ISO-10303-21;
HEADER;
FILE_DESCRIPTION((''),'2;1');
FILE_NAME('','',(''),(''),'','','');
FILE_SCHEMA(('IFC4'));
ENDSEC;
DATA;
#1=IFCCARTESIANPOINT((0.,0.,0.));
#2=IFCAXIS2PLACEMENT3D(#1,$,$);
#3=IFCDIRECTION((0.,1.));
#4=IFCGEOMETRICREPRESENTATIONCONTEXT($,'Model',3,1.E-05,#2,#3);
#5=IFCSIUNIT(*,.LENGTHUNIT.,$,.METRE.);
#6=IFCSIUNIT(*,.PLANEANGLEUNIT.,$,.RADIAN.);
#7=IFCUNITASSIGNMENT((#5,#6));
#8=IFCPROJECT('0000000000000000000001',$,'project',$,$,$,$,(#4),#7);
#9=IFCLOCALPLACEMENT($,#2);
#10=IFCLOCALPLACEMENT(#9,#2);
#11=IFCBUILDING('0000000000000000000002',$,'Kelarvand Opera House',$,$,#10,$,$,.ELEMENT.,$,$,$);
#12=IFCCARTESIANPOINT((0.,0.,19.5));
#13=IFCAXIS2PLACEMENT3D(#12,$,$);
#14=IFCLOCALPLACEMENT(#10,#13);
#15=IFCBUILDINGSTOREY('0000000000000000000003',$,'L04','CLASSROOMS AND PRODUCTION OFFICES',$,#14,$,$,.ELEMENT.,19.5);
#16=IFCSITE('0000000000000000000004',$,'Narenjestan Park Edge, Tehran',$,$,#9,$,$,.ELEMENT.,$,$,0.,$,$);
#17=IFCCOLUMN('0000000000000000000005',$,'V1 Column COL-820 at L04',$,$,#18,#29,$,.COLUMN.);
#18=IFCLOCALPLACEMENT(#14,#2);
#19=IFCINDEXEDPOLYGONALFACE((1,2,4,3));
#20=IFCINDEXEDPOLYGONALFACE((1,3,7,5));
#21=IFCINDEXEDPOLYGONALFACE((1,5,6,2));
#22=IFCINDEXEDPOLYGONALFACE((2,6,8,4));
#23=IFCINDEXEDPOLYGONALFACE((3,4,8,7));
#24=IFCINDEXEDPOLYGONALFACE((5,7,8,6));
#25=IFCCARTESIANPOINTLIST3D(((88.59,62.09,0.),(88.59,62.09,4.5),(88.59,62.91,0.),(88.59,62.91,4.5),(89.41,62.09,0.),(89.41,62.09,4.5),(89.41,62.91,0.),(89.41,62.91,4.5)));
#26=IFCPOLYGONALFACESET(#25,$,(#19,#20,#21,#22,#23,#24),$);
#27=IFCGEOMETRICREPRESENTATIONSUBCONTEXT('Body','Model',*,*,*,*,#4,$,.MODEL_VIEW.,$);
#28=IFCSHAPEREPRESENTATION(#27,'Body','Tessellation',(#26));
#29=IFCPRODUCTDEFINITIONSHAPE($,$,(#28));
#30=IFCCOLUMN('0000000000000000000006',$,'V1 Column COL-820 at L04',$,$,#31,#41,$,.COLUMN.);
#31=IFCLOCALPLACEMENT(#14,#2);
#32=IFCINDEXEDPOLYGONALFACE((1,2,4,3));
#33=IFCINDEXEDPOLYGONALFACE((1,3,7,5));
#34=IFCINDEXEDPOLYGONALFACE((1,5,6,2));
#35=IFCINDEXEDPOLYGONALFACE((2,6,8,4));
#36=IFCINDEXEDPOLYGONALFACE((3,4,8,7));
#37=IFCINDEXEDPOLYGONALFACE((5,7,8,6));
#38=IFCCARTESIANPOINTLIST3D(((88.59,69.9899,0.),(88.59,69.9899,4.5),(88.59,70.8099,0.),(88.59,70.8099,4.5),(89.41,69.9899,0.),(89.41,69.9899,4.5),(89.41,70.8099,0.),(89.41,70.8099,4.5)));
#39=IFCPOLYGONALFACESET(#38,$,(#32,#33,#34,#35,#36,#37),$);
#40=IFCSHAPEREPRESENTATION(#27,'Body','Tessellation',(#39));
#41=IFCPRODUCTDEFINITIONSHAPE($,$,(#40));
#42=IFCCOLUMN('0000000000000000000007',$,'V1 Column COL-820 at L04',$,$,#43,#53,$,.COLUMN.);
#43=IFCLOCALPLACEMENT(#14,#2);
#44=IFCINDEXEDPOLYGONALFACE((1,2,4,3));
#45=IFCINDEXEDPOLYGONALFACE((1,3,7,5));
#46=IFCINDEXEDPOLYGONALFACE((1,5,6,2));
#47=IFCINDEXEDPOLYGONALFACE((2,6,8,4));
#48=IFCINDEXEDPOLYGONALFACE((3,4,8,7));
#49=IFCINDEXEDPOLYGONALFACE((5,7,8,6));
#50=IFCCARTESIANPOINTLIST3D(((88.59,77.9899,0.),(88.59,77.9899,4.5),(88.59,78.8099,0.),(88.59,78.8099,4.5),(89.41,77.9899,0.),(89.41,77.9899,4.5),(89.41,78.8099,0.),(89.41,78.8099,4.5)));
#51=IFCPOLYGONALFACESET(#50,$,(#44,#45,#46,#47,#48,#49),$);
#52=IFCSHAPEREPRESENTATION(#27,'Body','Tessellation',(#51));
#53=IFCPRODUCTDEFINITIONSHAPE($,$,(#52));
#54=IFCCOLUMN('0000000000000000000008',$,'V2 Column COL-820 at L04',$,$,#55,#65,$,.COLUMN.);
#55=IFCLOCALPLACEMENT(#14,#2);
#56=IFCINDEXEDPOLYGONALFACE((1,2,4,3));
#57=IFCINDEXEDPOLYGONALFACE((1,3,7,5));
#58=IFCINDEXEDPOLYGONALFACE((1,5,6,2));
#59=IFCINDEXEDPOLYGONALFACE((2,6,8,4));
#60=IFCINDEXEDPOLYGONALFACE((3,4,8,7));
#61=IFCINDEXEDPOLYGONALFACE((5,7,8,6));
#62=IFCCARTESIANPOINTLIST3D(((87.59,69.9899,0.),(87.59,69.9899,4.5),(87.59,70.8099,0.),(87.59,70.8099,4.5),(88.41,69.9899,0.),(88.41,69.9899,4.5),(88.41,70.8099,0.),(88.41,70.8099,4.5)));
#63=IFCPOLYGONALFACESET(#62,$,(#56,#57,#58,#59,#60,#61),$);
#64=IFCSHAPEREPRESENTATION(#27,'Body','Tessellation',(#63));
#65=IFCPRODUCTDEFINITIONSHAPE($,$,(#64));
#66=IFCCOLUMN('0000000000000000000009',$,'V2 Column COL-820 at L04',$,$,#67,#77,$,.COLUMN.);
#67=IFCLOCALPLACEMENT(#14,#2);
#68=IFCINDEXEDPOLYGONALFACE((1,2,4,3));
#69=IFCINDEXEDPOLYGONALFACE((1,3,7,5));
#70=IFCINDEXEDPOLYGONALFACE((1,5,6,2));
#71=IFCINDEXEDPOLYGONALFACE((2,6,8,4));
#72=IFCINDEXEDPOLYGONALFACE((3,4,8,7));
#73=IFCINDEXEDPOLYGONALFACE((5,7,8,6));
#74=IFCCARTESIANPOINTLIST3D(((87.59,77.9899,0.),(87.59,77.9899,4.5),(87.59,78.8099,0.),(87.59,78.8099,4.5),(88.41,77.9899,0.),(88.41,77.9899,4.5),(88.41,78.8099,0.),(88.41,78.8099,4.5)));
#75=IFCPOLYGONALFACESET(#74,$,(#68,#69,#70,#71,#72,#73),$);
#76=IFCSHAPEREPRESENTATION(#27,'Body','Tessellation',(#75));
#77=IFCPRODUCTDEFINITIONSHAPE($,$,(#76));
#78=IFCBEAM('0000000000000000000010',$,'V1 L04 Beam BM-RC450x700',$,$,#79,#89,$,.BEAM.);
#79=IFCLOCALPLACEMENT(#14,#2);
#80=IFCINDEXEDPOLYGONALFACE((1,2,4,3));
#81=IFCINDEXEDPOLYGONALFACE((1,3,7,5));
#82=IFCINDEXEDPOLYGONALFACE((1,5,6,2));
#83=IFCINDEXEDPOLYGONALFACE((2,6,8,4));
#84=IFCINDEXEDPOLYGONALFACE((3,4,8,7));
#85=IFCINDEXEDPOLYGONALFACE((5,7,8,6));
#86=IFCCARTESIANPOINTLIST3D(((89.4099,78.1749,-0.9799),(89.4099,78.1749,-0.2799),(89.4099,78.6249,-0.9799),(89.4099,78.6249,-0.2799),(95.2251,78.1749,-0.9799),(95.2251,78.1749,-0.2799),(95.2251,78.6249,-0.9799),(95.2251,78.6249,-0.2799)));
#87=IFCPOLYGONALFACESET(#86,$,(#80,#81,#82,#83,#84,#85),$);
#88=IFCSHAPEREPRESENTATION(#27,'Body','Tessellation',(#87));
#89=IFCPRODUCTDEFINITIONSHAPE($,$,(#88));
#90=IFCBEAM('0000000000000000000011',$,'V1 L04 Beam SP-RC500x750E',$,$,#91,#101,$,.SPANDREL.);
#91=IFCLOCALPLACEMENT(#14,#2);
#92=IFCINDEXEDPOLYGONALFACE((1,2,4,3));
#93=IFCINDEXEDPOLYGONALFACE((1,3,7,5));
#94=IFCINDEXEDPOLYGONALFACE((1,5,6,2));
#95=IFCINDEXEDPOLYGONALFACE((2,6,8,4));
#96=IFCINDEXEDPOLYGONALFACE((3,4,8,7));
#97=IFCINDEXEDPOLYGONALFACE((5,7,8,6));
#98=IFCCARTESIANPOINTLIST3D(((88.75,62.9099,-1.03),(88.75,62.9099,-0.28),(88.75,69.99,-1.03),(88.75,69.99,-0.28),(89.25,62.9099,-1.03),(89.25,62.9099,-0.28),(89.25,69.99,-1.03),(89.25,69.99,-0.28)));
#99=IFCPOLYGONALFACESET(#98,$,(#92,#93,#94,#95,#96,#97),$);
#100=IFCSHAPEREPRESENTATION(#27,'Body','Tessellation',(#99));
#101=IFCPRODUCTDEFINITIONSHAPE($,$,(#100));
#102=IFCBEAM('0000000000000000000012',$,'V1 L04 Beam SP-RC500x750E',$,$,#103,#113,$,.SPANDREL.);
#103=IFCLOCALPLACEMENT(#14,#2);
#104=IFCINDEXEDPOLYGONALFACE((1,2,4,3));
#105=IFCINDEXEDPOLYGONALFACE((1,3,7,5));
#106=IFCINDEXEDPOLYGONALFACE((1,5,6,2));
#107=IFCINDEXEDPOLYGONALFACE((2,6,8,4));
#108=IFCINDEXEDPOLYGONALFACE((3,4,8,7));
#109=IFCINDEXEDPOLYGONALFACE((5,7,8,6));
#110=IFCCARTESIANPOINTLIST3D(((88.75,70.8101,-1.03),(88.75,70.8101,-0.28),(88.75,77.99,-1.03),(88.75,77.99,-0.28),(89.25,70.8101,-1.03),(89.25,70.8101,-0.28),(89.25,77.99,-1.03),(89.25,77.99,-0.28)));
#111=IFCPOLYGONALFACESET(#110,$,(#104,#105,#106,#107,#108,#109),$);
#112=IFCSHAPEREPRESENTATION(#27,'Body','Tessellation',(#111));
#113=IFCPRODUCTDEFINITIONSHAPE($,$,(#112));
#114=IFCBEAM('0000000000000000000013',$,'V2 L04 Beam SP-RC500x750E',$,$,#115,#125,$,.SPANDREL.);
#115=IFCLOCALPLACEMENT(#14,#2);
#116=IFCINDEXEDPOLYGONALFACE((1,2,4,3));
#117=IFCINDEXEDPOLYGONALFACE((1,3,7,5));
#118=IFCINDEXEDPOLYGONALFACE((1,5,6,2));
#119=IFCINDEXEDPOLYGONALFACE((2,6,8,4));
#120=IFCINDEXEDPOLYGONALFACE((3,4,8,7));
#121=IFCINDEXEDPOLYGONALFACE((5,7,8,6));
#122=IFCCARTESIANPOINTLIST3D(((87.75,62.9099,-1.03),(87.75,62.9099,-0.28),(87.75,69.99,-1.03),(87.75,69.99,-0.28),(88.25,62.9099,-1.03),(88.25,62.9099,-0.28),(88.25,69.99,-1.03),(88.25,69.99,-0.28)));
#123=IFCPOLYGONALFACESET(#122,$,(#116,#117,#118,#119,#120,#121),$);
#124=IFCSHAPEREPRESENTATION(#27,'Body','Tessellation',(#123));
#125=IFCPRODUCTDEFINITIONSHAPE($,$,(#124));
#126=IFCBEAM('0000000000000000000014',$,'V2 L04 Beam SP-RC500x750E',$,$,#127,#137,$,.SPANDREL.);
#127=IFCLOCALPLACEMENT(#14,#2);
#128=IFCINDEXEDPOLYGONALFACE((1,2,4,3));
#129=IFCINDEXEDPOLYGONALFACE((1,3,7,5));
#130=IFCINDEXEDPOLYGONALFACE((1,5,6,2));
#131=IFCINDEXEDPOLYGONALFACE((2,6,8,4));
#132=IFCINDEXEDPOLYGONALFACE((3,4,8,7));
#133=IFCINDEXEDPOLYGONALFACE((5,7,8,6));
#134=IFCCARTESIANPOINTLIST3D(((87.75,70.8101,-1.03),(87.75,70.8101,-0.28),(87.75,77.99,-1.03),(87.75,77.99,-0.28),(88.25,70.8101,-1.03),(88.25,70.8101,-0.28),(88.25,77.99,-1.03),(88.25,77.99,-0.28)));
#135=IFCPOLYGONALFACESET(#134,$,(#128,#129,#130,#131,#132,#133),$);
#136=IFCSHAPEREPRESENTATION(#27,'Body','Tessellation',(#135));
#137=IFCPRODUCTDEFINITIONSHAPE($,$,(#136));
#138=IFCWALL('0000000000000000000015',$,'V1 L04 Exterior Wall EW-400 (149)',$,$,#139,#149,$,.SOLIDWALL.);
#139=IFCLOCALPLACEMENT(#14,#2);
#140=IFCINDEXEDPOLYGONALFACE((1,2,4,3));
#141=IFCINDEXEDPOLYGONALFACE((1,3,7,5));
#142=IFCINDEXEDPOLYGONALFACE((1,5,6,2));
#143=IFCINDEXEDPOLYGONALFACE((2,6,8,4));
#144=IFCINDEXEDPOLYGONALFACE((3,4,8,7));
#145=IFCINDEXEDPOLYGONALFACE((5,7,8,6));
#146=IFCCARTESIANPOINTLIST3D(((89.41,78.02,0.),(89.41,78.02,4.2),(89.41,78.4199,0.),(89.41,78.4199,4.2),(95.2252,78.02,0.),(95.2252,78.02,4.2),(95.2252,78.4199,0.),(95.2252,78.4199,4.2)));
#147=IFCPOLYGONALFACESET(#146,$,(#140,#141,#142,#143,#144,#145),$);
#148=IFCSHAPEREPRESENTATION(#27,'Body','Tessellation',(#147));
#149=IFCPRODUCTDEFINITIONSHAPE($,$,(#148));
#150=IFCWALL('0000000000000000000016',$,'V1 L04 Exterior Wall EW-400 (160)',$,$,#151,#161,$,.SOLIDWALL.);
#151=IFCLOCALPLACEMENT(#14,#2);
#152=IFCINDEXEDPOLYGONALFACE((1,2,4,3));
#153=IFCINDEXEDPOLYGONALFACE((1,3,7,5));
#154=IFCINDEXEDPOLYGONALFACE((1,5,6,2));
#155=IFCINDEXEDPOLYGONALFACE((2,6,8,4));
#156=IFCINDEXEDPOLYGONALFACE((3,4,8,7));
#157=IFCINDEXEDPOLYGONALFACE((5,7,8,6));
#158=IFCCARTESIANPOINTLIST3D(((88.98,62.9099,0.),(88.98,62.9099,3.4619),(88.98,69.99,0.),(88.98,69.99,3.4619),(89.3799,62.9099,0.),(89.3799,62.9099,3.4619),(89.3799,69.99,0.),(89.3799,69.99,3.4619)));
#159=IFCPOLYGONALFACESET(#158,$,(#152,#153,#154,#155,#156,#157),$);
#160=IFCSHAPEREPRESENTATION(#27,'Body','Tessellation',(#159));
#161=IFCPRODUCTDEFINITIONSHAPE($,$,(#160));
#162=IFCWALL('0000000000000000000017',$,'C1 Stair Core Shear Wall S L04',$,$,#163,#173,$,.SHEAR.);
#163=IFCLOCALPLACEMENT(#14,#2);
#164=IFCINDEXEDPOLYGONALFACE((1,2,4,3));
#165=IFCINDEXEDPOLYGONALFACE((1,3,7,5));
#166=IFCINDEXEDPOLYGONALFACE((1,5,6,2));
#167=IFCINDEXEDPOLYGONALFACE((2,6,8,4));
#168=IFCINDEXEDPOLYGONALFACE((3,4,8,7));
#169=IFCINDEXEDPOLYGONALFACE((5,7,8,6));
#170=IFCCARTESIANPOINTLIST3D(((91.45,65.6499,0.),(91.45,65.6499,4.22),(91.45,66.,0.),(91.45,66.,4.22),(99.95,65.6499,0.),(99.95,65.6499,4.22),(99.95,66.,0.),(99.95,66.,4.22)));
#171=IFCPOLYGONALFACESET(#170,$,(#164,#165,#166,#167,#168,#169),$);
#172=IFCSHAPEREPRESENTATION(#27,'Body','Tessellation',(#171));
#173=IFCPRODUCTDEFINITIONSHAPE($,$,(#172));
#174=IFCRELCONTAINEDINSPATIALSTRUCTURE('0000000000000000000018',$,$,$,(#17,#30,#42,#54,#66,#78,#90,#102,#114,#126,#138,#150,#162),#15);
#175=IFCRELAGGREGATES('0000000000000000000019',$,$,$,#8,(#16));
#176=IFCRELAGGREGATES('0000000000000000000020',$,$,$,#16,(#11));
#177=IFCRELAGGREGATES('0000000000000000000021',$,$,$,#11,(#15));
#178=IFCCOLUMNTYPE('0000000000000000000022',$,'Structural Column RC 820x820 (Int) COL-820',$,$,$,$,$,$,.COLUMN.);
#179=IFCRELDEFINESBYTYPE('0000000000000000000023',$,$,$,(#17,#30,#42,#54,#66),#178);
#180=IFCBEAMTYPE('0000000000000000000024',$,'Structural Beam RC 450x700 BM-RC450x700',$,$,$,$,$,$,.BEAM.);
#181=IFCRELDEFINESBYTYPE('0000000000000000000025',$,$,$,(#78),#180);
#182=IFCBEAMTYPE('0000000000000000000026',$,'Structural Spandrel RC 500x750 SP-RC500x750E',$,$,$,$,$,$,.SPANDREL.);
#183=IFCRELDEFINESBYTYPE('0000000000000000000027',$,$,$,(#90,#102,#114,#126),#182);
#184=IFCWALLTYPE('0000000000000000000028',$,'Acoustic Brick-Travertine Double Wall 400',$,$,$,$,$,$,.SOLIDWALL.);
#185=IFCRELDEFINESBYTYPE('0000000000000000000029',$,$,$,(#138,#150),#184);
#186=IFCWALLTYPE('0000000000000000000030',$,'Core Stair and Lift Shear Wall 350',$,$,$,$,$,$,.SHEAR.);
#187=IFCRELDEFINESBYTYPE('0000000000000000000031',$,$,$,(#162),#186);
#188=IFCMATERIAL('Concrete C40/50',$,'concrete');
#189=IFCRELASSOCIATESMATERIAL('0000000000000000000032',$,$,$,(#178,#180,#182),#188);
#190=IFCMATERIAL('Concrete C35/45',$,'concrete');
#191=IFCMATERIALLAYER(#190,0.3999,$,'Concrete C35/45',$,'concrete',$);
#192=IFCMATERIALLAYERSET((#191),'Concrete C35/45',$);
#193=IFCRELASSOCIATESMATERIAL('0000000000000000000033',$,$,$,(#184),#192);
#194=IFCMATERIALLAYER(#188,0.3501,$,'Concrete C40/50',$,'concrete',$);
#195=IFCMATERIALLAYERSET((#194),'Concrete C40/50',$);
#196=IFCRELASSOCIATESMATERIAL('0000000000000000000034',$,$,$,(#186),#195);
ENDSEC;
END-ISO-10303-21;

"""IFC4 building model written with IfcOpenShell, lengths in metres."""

from ifc_helpers import new_model, si_unit, direction, frame, frame_2d, origin, origin_2d, place, context, subcontext, project, spatial, rectangle, extrude, material, layer, layer_set, material_profile, profile_set, type_object, element, save


model = new_model("IFC4")

# Units and contexts
model_context = context("Model", 3, precision=1e-05, world=origin(), true_north=direction((0.0, 1.0)))
body_context = subcontext(model_context, "Body", "Model", "MODEL_VIEW")
ifc_project = project(units=[si_unit("LENGTHUNIT", "METRE"), si_unit("PLANEANGLEUNIT", "RADIAN")], contexts=[model_context])

# Site, building, storey
site_placement = place(None, origin())
site = spatial("IfcSite", under=ifc_project, at=site_placement, Name="Narenjestan Park Edge, Tehran", CompositionType="ELEMENT", RefElevation=0.0)
building_placement = place(site_placement, origin())
building = spatial("IfcBuilding", under=site, at=building_placement, Name="Kelarvand Opera House", CompositionType="ELEMENT")
storey_placement = place(building_placement, frame((0.0, 0.0, 19.5)))
storey = spatial("IfcBuildingStorey", under=building, at=storey_placement, Name="L04", Description="CLASSROOMS AND PRODUCTION OFFICES", CompositionType="ELEMENT", Elevation=19.5)

# Columns
ifc_material_1 = material(Name="Concrete C40/50", Category="concrete")
ifc_material_profile_1 = material_profile(ifc_material_1, rectangle(XDim=0.8201, YDim=0.8201, at=origin_2d()), Name="RC 820x820", Category="concrete")
ifc_profile_set_1 = profile_set([ifc_material_profile_1], Name="Concrete C40/50")
column_type = type_object("IfcColumnType", Name="Structural Column RC 820x820 (Int) COL-820", PredefinedType="COLUMN", material=ifc_profile_set_1)
for number, where, z_axis, x_axis, name in (
    (1, (89.0, 62.5, 0.0), (0.0, 0.0, 1.0), (1.0, 0.0, 0.0), "V1 Column COL-820 at L04"),
    (2, (89.0, 70.3999, 0.0), (0.0, 0.0, 1.0), (1.0, 0.0, 0.0), "V1 Column COL-820 at L04"),
    (3, (89.0, 78.3999, 0.0), (0.0, 0.0, 1.0), (1.0, 0.0, 0.0), "V1 Column COL-820 at L04"),
    (4, (88.0, 70.3999, 0.0), (0.0, 0.0, 1.0), (1.0, 0.0, 0.0), "V2 Column COL-820 at L04"),
    (5, (88.0, 78.3999, 0.0), (0.0, 0.0, 1.0), (1.0, 0.0, 0.0), "V2 Column COL-820 at L04"),
):
    element("IfcColumn", number, at=place(storey_placement, frame(where, z_axis=z_axis, x_axis=x_axis)), inside=storey, type_object=column_type, Name=name, PredefinedType="COLUMN", context=body_context, shape_type="SweptSolid", body=[
        extrude(rectangle(XDim=0.8201, YDim=0.8201, at=origin_2d()), origin(), (0.0, 0.0, 1.0), 4.5),
    ])

# Beams
ifc_material_profile_2 = material_profile(ifc_material_1, rectangle(XDim=0.45, YDim=0.7, at=origin_2d()), Name="RC 450x700", Category="concrete")
ifc_profile_set_2 = profile_set([ifc_material_profile_2], Name="Concrete C40/50")
beam_type_1 = type_object("IfcBeamType", Name="Structural Beam RC 450x700 BM-RC450x700", PredefinedType="BEAM", material=ifc_profile_set_2)
beam_1_placement = place(storey_placement, frame((89.4099, 78.3999, -0.6299), z_axis=(1.0, 0.0, 0.0), x_axis=(0.0, 1.0, 0.0)))
element("IfcBeam", 6, at=beam_1_placement, inside=storey, type_object=beam_type_1, Name="V1 L04 Beam BM-RC450x700", PredefinedType="BEAM", context=body_context, shape_type="SweptSolid", body=[
    extrude(rectangle(XDim=0.45, YDim=0.7, at=origin_2d()), origin(), (0.0, 0.0, 1.0), 5.8152),
])
ifc_material_profile_3 = material_profile(ifc_material_1, rectangle(XDim=0.5, YDim=0.75, at=origin_2d()), Name="RC 500x750", Category="concrete")
ifc_profile_set_3 = profile_set([ifc_material_profile_3], Name="Concrete C40/50")
beam_type_2 = type_object("IfcBeamType", Name="Structural Spandrel RC 500x750 SP-RC500x750E", PredefinedType="SPANDREL", material=ifc_profile_set_3)
beam_2_placement = place(storey_placement, frame((89.0, 62.9099, -0.655), z_axis=(0.0, 1.0, 0.0), x_axis=(-1.0, 0.0, 0.0)))
element("IfcBeam", 7, at=beam_2_placement, inside=storey, type_object=beam_type_2, Name="V1 L04 Beam SP-RC500x750E", PredefinedType="SPANDREL", context=body_context, shape_type="SweptSolid", body=[
    extrude(rectangle(XDim=0.5, YDim=0.75, at=origin_2d()), origin(), (0.0, 0.0, 1.0), 7.0801),
])
beam_3_placement = place(storey_placement, frame((89.0, 70.8101, -0.655), z_axis=(0.0, 1.0, 0.0), x_axis=(-1.0, 0.0, 0.0)))
element("IfcBeam", 8, at=beam_3_placement, inside=storey, type_object=beam_type_2, Name="V1 L04 Beam SP-RC500x750E", PredefinedType="SPANDREL", context=body_context, shape_type="SweptSolid", body=[
    extrude(rectangle(XDim=0.5, YDim=0.75, at=origin_2d()), origin(), (0.0, 0.0, 1.0), 7.1799),
])
beam_4_placement = place(storey_placement, frame((88.0, 62.9099, -0.655), z_axis=(0.0, 1.0, 0.0), x_axis=(-1.0, 0.0, 0.0)))
element("IfcBeam", 9, at=beam_4_placement, inside=storey, type_object=beam_type_2, Name="V2 L04 Beam SP-RC500x750E", PredefinedType="SPANDREL", context=body_context, shape_type="SweptSolid", body=[
    extrude(rectangle(XDim=0.5, YDim=0.75, at=origin_2d()), origin(), (0.0, 0.0, 1.0), 7.0801),
])
beam_5_placement = place(storey_placement, frame((88.0, 70.8101, -0.655), z_axis=(0.0, 1.0, 0.0), x_axis=(-1.0, 0.0, 0.0)))
element("IfcBeam", 10, at=beam_5_placement, inside=storey, type_object=beam_type_2, Name="V2 L04 Beam SP-RC500x750E", PredefinedType="SPANDREL", context=body_context, shape_type="SweptSolid", body=[
    extrude(rectangle(XDim=0.5, YDim=0.75, at=origin_2d()), origin(), (0.0, 0.0, 1.0), 7.1799),
])

# Walls
ifc_material_2 = material(Name="Concrete C35/45", Category="concrete")
ifc_layer_1 = layer(ifc_material_2, 0.3999, Name="Concrete C35/45", Category="concrete")
ifc_layer_set_1 = layer_set([ifc_layer_1], Name="Concrete C35/45")
wall_type_1 = type_object("IfcWallType", Name="Acoustic Brick-Travertine Double Wall 400", PredefinedType="SOLIDWALL", material=ifc_layer_set_1)
wall_1_placement = place(storey_placement, frame((89.4099, 78.22, 0.0), z_axis=(0.0, 0.0, 1.0), x_axis=(1.0, 0.0, 0.0)))
element("IfcWall", 11, at=wall_1_placement, inside=storey, type_object=wall_type_1, Name="V1 L04 Exterior Wall EW-400 (149)", PredefinedType="SOLIDWALL", context=body_context, shape_type="SweptSolid", body=[
    extrude(rectangle(XDim=5.8152, YDim=0.3999, at=frame_2d((2.9077, 0.0))), origin(), (0.0, 0.0, 1.0), 4.2),
])
wall_2_placement = place(storey_placement, frame((89.1799, 62.9099, 0.0), z_axis=(0.0, 0.0, 1.0), x_axis=(0.0, 1.0, 0.0)))
element("IfcWall", 12, at=wall_2_placement, inside=storey, type_object=wall_type_1, Name="V1 L04 Exterior Wall EW-400 (160)", PredefinedType="SOLIDWALL", context=body_context, shape_type="SweptSolid", body=[
    extrude(rectangle(XDim=7.0801, YDim=0.3999, at=frame_2d((3.54, 0.0))), origin(), (0.0, 0.0, 1.0), 3.4619),
])
ifc_layer_2 = layer(ifc_material_1, 0.3501, Name="Concrete C40/50", Category="concrete")
ifc_layer_set_2 = layer_set([ifc_layer_2], Name="Concrete C40/50")
wall_type_2 = type_object("IfcWallType", Name="Core Stair and Lift Shear Wall 350", PredefinedType="SHEAR", material=ifc_layer_set_2)
wall_3_placement = place(storey_placement, frame((91.45, 65.825, 0.0), z_axis=(0.0, 0.0, 1.0), x_axis=(1.0, 0.0, 0.0)))
element("IfcWall", 13, at=wall_3_placement, inside=storey, type_object=wall_type_2, Name="C1 Stair Core Shear Wall S L04", PredefinedType="SHEAR", context=body_context, shape_type="SweptSolid", body=[
    extrude(rectangle(XDim=8.5, YDim=0.3501, at=frame_2d((4.25, 0.0))), origin(), (0.0, 0.0, 1.0), 4.22),
])

save(model, "model.ifc")
